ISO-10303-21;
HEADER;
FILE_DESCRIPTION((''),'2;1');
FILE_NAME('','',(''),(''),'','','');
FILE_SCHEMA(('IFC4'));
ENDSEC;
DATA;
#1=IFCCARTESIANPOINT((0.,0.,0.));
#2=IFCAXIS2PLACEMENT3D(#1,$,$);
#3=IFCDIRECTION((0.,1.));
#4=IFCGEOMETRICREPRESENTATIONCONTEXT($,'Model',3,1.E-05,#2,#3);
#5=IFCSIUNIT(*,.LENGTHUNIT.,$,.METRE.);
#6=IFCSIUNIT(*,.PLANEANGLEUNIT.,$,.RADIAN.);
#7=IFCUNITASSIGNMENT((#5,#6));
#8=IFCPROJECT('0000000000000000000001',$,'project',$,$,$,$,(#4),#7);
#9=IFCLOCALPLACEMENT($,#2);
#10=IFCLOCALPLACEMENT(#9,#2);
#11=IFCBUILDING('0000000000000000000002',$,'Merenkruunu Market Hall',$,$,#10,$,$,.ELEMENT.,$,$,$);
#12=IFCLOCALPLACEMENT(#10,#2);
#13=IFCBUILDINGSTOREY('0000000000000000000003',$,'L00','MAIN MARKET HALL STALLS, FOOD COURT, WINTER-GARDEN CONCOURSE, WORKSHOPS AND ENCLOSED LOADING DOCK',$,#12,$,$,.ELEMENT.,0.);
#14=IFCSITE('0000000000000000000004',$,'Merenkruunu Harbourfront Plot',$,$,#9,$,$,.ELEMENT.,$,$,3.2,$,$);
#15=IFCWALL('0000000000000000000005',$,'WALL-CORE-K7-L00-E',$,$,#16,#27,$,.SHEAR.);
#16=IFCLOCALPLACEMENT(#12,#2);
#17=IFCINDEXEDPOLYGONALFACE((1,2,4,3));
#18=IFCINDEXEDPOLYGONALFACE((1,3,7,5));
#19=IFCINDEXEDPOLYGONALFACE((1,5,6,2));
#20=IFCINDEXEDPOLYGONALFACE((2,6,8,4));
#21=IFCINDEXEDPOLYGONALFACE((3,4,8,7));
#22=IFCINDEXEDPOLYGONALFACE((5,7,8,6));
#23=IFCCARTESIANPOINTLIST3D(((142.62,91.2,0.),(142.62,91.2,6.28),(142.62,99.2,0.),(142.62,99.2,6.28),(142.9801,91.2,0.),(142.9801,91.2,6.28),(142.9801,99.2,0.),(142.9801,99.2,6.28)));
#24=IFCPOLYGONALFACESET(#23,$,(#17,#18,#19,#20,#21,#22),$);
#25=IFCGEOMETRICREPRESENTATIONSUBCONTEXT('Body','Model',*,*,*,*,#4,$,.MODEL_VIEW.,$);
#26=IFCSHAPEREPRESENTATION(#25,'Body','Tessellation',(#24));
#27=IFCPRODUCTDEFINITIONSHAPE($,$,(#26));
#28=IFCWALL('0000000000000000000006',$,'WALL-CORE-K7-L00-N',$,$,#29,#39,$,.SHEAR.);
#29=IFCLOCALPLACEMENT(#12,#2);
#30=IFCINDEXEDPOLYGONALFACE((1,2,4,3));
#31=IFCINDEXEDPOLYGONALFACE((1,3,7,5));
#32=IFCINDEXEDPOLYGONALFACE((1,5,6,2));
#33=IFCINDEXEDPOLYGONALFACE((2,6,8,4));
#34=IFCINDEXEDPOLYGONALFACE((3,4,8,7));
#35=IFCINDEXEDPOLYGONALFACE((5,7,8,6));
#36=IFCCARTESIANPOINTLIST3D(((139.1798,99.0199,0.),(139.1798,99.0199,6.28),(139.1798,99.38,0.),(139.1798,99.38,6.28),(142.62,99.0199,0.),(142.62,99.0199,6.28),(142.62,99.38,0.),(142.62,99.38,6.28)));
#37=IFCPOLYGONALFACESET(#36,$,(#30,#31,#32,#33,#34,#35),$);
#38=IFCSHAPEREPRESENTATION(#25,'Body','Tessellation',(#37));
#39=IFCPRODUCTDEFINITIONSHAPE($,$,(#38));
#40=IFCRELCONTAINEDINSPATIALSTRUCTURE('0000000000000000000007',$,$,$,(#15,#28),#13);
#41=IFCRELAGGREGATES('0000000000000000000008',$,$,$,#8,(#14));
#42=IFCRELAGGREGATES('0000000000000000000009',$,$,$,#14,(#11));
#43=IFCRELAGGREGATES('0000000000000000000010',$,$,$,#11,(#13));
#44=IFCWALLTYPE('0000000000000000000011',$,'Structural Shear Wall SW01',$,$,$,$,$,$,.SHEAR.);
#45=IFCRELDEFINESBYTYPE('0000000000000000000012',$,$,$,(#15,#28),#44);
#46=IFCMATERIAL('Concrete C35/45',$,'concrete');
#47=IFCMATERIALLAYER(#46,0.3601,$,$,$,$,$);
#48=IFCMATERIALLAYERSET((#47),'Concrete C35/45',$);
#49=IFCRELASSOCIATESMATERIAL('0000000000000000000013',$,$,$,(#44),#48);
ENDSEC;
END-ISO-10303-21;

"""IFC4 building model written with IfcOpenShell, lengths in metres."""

from ifc_helpers import new_model, si_unit, direction, frame, frame_2d, origin, place, context, subcontext, project, spatial, rectangle, extrude, material, layer, layer_set, type_object, element, save


model = new_model("IFC4")

# Units and contexts
model_context = context("Model", 3, precision=1e-05, world=origin(), true_north=direction((0.0, 1.0)))
body_context = subcontext(model_context, "Body", "Model", "MODEL_VIEW")
ifc_project = project(units=[si_unit("LENGTHUNIT", "METRE"), si_unit("PLANEANGLEUNIT", "RADIAN")], contexts=[model_context])

# Site, building, storey
site_placement = place(None, origin())
site = spatial("IfcSite", under=ifc_project, at=site_placement, Name="Merenkruunu Harbourfront Plot", CompositionType="ELEMENT", RefElevation=3.2)
building_placement = place(site_placement, origin())
building = spatial("IfcBuilding", under=site, at=building_placement, Name="Merenkruunu Market Hall", CompositionType="ELEMENT")
storey_placement = place(building_placement, origin())
storey = spatial("IfcBuildingStorey", under=building, at=storey_placement, Name="L00", Description="MAIN MARKET HALL STALLS, FOOD COURT, WINTER-GARDEN CONCOURSE, WORKSHOPS AND ENCLOSED LOADING DOCK", CompositionType="ELEMENT", Elevation=0.0)

# Shared definitions
ifc_material_1 = material(Name="Concrete C35/45", Category="concrete")
ifc_layer_1 = layer(ifc_material_1, 0.3601)
ifc_layer_set_1 = layer_set([ifc_layer_1], Name="Concrete C35/45")
wall_type_1 = type_object("IfcWallType", Name="Structural Shear Wall SW01", PredefinedType="SHEAR", material=ifc_layer_set_1)

# Walls
wall_1_placement = place(storey_placement, frame((142.8, 91.2, 0.0), z_axis=(0.0, 0.0, 1.0), x_axis=(0.0, 1.0, 0.0)))
element("IfcWall", 1, at=wall_1_placement, inside=storey, type_object=wall_type_1, Name="WALL-CORE-K7-L00-E", PredefinedType="SHEAR", context=body_context, shape_type="SweptSolid", body=[
    extrude(rectangle(XDim=8.0, YDim=0.3601, at=frame_2d((4.0, 0.0))), origin(), (0.0, 0.0, 1.0), 6.28),
])
wall_2_placement = place(storey_placement, frame((142.6201, 99.2, 0.0), z_axis=(0.0, 0.0, 1.0), x_axis=(-1.0, 0.0, 0.0)))
element("IfcWall", 2, at=wall_2_placement, inside=storey, type_object=wall_type_1, Name="WALL-CORE-K7-L00-N", PredefinedType="SHEAR", context=body_context, shape_type="SweptSolid", body=[
    extrude(rectangle(XDim=3.4402, YDim=0.3601, at=frame_2d((1.7202, 0.0))), origin(), (0.0, 0.0, 1.0), 6.28),
])

save(model, "model.ifc")
